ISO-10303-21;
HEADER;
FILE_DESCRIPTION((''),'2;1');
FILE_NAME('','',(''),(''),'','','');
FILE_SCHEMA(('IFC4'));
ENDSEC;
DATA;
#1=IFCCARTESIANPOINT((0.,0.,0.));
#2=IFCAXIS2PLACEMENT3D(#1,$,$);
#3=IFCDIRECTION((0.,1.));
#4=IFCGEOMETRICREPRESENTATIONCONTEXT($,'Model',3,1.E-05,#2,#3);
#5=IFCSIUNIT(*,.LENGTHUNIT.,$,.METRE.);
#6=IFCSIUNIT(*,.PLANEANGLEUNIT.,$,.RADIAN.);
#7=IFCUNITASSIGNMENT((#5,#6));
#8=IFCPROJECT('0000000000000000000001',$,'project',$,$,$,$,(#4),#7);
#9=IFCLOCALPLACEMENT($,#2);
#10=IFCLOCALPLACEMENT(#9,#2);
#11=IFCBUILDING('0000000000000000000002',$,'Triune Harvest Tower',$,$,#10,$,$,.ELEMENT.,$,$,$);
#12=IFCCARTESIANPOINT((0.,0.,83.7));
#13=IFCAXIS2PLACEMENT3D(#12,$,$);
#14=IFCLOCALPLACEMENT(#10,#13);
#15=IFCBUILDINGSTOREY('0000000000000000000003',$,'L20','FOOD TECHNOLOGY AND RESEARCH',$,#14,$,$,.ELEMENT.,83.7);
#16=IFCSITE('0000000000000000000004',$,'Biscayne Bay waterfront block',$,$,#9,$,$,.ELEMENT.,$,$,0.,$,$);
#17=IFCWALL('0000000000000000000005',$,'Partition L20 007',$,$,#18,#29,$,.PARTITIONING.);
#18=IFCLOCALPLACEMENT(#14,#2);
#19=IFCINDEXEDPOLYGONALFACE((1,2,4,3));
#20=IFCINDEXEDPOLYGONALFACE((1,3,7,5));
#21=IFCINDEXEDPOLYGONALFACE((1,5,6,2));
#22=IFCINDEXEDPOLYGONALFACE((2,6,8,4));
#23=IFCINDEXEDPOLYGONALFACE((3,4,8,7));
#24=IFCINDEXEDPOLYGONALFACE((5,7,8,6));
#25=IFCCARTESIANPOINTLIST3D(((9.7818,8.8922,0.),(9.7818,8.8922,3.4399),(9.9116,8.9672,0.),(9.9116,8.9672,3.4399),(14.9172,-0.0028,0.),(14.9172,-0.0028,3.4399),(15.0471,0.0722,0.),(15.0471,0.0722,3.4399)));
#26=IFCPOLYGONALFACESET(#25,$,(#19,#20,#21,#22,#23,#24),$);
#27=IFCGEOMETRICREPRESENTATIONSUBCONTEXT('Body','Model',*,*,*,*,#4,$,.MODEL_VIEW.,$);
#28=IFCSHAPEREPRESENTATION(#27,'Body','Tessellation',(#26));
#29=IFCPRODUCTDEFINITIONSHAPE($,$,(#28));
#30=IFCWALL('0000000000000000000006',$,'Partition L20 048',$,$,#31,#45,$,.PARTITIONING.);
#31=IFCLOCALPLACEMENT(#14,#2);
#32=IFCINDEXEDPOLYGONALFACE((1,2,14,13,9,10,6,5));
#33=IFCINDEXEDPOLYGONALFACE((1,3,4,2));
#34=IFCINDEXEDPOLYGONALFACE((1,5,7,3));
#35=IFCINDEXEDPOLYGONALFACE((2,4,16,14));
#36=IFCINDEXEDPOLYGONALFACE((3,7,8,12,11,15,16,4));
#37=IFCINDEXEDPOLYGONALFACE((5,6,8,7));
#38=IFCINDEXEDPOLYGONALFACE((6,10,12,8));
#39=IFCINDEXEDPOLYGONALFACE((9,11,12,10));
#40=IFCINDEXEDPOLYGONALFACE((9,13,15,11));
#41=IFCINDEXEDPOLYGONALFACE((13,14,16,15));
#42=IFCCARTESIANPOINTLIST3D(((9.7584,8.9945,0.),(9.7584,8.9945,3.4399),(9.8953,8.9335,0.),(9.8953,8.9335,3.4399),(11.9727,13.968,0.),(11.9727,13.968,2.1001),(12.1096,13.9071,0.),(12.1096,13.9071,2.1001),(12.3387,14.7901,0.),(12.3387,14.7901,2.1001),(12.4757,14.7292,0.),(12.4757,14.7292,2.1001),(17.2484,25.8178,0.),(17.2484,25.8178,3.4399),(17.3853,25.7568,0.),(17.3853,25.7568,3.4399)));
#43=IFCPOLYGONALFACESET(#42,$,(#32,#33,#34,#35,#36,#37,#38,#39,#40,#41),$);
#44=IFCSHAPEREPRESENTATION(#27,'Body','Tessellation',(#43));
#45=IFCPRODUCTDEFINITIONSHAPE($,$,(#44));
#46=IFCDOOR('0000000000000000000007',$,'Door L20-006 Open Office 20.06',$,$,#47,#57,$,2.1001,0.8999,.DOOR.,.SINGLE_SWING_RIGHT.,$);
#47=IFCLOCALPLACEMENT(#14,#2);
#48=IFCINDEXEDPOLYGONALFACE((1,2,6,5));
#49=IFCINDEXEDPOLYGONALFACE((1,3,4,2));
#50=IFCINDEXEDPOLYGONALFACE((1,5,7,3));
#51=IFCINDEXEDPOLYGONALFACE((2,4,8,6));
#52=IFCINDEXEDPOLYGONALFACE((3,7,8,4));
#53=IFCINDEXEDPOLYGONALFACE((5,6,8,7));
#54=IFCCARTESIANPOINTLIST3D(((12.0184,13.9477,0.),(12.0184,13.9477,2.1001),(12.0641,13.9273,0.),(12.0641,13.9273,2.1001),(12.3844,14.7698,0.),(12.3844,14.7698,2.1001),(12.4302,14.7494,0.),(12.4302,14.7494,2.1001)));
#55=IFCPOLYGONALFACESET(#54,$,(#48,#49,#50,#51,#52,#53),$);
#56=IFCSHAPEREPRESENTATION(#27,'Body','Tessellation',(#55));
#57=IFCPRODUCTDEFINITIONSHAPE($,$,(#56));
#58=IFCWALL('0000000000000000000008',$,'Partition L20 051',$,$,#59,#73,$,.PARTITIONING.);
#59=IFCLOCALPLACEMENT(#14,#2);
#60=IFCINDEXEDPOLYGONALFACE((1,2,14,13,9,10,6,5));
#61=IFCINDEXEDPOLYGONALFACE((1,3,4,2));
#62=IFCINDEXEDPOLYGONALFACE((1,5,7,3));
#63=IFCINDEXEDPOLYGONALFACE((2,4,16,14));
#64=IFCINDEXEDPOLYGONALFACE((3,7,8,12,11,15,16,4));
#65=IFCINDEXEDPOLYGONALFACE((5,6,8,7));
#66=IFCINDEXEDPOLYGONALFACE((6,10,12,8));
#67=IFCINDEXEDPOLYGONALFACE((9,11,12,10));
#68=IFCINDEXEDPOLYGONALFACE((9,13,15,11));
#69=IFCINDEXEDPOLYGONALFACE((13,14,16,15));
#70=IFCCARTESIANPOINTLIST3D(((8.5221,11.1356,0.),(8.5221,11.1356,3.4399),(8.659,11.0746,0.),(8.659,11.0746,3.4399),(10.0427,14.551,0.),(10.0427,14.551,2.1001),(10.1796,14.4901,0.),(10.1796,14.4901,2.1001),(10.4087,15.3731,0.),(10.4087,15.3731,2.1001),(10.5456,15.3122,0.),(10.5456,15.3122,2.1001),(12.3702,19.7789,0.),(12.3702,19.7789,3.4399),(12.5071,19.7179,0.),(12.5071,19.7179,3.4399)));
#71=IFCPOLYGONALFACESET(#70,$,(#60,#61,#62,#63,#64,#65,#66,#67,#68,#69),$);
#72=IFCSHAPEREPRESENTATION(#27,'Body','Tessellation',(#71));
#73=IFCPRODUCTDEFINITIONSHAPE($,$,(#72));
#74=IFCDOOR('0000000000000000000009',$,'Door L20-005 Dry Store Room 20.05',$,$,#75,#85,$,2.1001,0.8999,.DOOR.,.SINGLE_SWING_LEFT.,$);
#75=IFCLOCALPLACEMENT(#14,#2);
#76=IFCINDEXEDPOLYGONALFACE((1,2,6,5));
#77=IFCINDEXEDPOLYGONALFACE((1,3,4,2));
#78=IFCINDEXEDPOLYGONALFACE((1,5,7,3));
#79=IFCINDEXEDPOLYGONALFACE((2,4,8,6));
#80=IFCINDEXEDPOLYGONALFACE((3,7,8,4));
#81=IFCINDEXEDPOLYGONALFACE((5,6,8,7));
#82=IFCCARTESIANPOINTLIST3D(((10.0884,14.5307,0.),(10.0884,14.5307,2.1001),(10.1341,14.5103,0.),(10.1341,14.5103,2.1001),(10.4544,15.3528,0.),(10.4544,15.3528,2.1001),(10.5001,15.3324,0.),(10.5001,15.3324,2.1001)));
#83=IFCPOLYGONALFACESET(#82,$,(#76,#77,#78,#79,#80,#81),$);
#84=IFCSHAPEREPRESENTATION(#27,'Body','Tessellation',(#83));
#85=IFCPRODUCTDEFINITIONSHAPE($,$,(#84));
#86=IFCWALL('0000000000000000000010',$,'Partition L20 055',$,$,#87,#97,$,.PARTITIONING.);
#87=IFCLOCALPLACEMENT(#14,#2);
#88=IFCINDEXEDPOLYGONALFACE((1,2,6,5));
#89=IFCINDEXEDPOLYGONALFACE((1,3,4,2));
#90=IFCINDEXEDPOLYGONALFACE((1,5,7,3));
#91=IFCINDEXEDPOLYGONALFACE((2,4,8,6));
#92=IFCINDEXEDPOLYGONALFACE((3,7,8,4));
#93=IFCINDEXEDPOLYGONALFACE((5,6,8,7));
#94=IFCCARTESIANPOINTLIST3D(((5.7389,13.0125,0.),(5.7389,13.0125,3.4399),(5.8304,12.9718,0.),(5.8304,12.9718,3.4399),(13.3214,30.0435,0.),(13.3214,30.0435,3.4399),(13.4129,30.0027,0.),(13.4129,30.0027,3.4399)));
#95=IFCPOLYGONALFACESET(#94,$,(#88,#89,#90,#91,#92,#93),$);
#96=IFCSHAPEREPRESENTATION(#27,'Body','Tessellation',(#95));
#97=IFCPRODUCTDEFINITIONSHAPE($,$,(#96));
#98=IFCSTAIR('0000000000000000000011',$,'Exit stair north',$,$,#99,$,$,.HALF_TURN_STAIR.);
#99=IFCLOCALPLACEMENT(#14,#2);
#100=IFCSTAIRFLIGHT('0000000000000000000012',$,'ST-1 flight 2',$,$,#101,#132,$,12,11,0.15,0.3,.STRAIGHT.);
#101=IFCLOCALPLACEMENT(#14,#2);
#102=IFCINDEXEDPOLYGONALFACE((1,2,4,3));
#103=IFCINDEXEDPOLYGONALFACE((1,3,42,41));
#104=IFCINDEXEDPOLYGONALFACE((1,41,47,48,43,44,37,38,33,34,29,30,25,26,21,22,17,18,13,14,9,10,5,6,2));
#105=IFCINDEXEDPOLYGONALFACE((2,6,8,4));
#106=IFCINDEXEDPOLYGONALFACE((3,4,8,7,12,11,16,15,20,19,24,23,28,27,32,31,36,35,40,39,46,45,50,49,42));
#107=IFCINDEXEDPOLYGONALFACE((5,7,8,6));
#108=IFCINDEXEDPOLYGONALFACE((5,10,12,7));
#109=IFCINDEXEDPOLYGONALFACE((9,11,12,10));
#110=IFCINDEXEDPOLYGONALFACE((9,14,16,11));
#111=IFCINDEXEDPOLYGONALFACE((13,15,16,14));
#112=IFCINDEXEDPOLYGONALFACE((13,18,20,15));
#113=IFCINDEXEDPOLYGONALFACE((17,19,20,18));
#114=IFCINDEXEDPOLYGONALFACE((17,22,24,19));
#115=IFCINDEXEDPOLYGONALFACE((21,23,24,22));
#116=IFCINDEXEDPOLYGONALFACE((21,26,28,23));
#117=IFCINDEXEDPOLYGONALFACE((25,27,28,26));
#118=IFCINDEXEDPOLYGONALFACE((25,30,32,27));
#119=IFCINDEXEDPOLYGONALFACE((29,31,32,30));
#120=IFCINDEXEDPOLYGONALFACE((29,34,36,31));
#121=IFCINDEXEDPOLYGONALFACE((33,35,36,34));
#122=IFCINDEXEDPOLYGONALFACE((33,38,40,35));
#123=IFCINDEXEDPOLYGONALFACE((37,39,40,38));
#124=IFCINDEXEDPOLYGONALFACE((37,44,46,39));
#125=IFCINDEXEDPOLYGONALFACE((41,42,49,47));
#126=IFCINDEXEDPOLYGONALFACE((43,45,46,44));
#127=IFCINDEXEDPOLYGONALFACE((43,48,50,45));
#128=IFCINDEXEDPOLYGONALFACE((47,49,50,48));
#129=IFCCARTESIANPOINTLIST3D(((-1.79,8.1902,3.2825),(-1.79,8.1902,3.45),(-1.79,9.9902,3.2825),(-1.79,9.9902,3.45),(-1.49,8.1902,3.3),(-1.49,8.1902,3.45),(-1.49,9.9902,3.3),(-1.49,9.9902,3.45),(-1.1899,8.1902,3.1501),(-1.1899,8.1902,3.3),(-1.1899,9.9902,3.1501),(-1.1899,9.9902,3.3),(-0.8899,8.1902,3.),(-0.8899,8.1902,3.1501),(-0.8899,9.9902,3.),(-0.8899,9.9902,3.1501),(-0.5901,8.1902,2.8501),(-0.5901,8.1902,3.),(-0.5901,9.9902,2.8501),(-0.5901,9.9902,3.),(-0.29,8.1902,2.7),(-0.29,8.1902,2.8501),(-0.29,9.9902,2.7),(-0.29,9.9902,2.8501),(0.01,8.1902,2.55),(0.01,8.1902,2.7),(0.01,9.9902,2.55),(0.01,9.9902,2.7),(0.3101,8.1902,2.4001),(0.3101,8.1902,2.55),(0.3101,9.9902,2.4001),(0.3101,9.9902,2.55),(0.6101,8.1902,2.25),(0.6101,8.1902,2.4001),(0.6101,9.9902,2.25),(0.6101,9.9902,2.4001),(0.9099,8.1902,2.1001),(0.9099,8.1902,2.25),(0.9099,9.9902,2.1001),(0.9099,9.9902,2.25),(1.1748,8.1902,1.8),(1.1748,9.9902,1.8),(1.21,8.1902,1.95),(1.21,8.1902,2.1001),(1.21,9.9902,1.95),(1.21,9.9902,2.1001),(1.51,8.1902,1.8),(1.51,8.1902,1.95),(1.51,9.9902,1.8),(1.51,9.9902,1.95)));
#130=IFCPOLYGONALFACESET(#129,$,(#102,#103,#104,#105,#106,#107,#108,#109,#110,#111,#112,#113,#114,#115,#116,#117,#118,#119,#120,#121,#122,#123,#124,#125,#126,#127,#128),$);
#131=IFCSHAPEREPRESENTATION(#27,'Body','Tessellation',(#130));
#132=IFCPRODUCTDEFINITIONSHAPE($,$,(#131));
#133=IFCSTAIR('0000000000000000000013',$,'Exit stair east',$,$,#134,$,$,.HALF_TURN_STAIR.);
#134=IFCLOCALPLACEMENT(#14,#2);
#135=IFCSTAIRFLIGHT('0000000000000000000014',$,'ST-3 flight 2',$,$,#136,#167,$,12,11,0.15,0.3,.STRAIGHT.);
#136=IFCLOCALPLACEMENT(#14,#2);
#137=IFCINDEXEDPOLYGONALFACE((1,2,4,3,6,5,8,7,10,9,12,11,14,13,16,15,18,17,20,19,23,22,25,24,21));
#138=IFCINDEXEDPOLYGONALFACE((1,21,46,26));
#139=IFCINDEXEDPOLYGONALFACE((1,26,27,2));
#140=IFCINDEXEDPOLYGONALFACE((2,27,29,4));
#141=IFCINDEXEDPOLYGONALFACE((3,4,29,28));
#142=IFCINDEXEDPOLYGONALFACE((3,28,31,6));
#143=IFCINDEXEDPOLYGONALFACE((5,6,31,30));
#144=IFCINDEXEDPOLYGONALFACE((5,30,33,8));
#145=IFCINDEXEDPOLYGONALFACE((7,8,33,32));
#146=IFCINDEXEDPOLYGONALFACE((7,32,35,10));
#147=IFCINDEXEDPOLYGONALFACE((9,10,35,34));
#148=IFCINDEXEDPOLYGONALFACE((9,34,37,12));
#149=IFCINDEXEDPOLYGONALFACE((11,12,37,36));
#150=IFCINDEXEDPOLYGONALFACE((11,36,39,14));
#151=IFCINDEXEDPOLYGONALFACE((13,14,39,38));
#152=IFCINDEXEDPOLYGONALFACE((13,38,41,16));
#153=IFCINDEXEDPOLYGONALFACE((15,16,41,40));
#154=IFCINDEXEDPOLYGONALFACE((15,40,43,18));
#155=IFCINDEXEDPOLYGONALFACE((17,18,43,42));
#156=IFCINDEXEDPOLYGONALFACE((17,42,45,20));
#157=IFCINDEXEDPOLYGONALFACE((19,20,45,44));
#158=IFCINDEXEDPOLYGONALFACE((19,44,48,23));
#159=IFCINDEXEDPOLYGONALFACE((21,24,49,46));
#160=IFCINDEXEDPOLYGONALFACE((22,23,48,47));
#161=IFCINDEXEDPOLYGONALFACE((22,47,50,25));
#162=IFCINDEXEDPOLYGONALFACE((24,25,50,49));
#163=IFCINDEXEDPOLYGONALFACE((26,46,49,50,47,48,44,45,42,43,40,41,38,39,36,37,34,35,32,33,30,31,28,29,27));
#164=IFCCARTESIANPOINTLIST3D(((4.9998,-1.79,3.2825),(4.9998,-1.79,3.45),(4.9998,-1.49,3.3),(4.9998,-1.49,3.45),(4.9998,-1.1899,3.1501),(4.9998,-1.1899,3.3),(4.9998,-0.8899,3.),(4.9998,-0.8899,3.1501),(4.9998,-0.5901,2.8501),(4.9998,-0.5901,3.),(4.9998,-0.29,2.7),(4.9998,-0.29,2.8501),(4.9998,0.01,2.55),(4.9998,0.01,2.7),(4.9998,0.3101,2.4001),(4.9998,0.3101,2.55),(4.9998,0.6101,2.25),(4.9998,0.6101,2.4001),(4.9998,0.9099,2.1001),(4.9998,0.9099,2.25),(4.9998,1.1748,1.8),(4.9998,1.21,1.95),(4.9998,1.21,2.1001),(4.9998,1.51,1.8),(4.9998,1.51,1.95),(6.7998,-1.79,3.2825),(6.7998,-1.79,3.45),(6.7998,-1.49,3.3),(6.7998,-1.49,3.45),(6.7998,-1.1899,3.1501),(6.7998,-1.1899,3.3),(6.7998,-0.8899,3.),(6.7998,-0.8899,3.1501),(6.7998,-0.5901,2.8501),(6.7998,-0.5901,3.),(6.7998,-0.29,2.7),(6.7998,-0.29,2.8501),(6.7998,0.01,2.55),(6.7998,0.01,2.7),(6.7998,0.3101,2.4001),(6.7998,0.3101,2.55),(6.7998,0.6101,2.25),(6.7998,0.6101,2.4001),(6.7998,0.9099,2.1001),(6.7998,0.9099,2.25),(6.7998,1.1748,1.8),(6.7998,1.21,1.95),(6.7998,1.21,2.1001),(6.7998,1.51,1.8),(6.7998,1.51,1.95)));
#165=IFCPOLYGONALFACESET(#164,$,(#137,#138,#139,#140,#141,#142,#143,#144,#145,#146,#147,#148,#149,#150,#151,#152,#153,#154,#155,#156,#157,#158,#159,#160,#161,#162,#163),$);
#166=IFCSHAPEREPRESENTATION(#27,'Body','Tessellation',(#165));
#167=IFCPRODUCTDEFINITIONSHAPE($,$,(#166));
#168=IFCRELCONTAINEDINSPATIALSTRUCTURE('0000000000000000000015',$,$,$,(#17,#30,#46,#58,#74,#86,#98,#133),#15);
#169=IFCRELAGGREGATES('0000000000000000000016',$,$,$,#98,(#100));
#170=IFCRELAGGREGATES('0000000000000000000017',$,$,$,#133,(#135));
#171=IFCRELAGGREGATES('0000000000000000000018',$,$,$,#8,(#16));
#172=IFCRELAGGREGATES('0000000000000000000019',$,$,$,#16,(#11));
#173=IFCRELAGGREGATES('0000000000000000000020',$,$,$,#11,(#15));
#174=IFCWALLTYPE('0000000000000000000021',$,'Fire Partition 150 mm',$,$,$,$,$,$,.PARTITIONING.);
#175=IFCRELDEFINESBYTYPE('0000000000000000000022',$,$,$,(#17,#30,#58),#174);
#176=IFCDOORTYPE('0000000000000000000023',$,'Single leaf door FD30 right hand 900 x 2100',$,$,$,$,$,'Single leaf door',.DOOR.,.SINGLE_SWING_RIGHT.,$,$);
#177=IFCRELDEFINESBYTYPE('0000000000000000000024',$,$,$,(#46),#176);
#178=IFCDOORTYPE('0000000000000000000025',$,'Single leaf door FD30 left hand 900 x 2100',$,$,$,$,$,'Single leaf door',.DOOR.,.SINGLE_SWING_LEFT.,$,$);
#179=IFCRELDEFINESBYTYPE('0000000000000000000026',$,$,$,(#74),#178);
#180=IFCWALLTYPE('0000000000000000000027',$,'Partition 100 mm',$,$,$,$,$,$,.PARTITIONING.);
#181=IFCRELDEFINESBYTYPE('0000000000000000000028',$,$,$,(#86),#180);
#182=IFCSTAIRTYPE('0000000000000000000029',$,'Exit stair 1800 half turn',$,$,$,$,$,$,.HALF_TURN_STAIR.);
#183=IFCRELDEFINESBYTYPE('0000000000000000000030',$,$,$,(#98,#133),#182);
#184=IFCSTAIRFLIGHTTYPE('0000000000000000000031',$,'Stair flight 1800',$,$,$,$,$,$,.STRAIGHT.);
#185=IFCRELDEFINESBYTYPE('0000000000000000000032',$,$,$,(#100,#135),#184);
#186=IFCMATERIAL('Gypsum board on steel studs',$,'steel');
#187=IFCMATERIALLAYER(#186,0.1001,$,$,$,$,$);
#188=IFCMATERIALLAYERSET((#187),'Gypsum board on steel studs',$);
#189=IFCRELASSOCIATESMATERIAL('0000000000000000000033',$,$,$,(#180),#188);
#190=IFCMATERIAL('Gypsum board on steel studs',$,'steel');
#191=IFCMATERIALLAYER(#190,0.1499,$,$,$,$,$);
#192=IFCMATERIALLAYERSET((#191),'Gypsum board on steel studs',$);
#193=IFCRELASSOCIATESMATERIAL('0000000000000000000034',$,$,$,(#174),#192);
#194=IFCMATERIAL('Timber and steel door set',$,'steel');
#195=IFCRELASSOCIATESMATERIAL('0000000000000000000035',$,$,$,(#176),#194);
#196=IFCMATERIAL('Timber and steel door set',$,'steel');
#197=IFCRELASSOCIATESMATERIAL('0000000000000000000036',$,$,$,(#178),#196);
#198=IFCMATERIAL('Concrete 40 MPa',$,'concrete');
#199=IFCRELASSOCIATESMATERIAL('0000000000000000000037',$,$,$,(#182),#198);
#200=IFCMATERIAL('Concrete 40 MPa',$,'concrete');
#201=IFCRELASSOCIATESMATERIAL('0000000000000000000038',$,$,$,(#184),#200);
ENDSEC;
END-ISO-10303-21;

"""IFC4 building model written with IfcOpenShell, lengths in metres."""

from ifc_helpers import new_model, si_unit, direction, frame, frame_2d, origin, place, context, subcontext, project, spatial, polyline, rectangle, outline, extrude, source, transform, mapped, material, layer, layer_set, type_object, element, fill, aggregate, save


model = new_model("IFC4")

# Units and contexts
model_context = context("Model", 3, precision=1e-05, world=origin(), true_north=direction((0.0, 1.0)))
body_context = subcontext(model_context, "Body", "Model", "MODEL_VIEW")
ifc_project = project(units=[si_unit("LENGTHUNIT", "METRE"), si_unit("PLANEANGLEUNIT", "RADIAN")], contexts=[model_context])

# Site, building, storey
site_placement = place(None, origin())
site = spatial("IfcSite", under=ifc_project, at=site_placement, Name="Biscayne Bay waterfront block", CompositionType="ELEMENT", RefElevation=0.0)
building_placement = place(site_placement, origin())
building = spatial("IfcBuilding", under=site, at=building_placement, Name="Triune Harvest Tower", CompositionType="ELEMENT")
storey_placement = place(building_placement, frame((0.0, 0.0, 83.7)))
storey = spatial("IfcBuildingStorey", under=building, at=storey_placement, Name="L20", Description="FOOD TECHNOLOGY AND RESEARCH", CompositionType="ELEMENT", Elevation=83.7)

# Shared definitions
ifc_material_1 = material(Name="Gypsum board on steel studs", Category="steel")
ifc_layer_1 = layer(ifc_material_1, 0.1001)
ifc_layer_set_1 = layer_set([ifc_layer_1], Name="Gypsum board on steel studs")
wall_type_1 = type_object("IfcWallType", Name="Partition 100 mm", PredefinedType="PARTITIONING", material=ifc_layer_set_1)

# Wall
ifc_material_2 = material(Name="Gypsum board on steel studs", Category="steel")
ifc_layer_2 = layer(ifc_material_2, 0.1499)
ifc_layer_set_2 = layer_set([ifc_layer_2], Name="Gypsum board on steel studs")
wall_type_2 = type_object("IfcWallType", Name="Fire Partition 150 mm", PredefinedType="PARTITIONING", material=ifc_layer_set_2)
shared_shape_1 = source(origin(), body_context, "Body", "SweptSolid", [
    extrude(rectangle(XDim=10.271, YDim=0.1499, at=frame_2d((5.1355, 0.0))), origin(), (0.0, 0.0, 1.0), 3.4399),
])
wall_1_placement = place(storey_placement, frame((9.8467, 8.9297, 0.0), z_axis=(0.0, 0.0, 1.0), x_axis=(0.499997, -0.866027, 0.0)))
element("IfcWall", 1, at=wall_1_placement, inside=storey, type_object=wall_type_2, Name="Partition L20 007", PredefinedType="PARTITIONING", context=body_context, shape_type="MappedRepresentation", body=[
    mapped(shared_shape_1, transform((0.0, 0.0, 0.0), scale=1.0)),
])

# Walls, openings, doors
shared_shape_2 = source(origin(), body_context, "Body", "SweptSolid", [
    extrude(rectangle(XDim=18.4153, YDim=0.1499, at=frame_2d((9.2075, 0.0))), origin(), (0.0, 0.0, 1.0), 3.4399),
])
wall_2_placement = place(storey_placement, frame((9.8269, 8.9641, 0.0), z_axis=(0.0, 0.0, 1.0), x_axis=(0.406728, 0.913549, 0.0)))
wall_2 = element("IfcWall", 2, at=wall_2_placement, inside=storey, type_object=wall_type_2, Name="Partition L20 048", PredefinedType="PARTITIONING", context=body_context, shape_type="MappedRepresentation", body=[
    mapped(shared_shape_2, transform((0.0, 0.0, 0.0), scale=1.0)),
])
opening_1_placement = place(wall_2_placement, frame((5.4441, 0.0, 0.0)))
opening_1 = element("IfcOpeningElement", 3, at=opening_1_placement, cuts=wall_2, PredefinedType="OPENING", context=body_context, shape_type="SweptSolid", body=[
    extrude(rectangle(XDim=0.8999, YDim=2.1001, at=frame_2d((0.45, 1.05))), frame((0.0, 0.085, 0.0), z_axis=(0.0, -1.0, 0.0), x_axis=(1.0, 0.0, 0.0)), (0.0, 0.0, 1.0), 0.1699),
])
ifc_material_3 = material(Name="Timber and steel door set", Category="steel")
door_type_1 = type_object("IfcDoorType", Name="Single leaf door FD30 right hand 900 x 2100", ElementType="Single leaf door", OperationType="SINGLE_SWING_RIGHT", PredefinedType="DOOR", material=ifc_material_3)
door_1_placement = place(opening_1_placement, origin())
door_1 = element("IfcDoor", 4, at=door_1_placement, inside=storey, type_object=door_type_1, Name="Door L20-006 Open Office 20.06", OperationType="SINGLE_SWING_RIGHT", OverallHeight=2.1001, OverallWidth=0.8999, PredefinedType="DOOR", context=body_context, shape_type="SweptSolid", body=[
    extrude(rectangle(XDim=0.8999, YDim=2.1001, at=frame_2d((0.45, 1.05))), frame((0.0, 0.0249, 0.0), z_axis=(0.0, -1.0, 0.0), x_axis=(1.0, 0.0, 0.0)), (0.0, 0.0, 1.0), 0.05),
])
fill(opening_1, door_1)
shared_shape_3 = source(origin(), body_context, "Body", "SweptSolid", [
    extrude(rectangle(XDim=9.4612, YDim=0.1499, at=frame_2d((4.7305, 0.0))), origin(), (0.0, 0.0, 1.0), 3.4399),
])
wall_3_placement = place(storey_placement, frame((8.5906, 11.1052, 0.0), z_axis=(0.0, 0.0, 1.0), x_axis=(0.406727, 0.91355, 0.0)))
wall_3 = element("IfcWall", 5, at=wall_3_placement, inside=storey, type_object=wall_type_2, Name="Partition L20 051", PredefinedType="PARTITIONING", context=body_context, shape_type="MappedRepresentation", body=[
    mapped(shared_shape_3, transform((0.0, 0.0, 0.0), scale=1.0)),
])
opening_2_placement = place(wall_3_placement, frame((3.7385, 0.0, 0.0)))
opening_2 = element("IfcOpeningElement", 6, at=opening_2_placement, cuts=wall_3, PredefinedType="OPENING", context=body_context, shape_type="SweptSolid", body=[
    extrude(rectangle(XDim=0.8999, YDim=2.1001, at=frame_2d((0.45, 1.05))), frame((0.0, 0.085, 0.0), z_axis=(0.0, -1.0, 0.0), x_axis=(1.0, 0.0, 0.0)), (0.0, 0.0, 1.0), 0.1699),
])
ifc_material_4 = material(Name="Timber and steel door set", Category="steel")
door_type_2 = type_object("IfcDoorType", Name="Single leaf door FD30 left hand 900 x 2100", ElementType="Single leaf door", OperationType="SINGLE_SWING_LEFT", PredefinedType="DOOR", material=ifc_material_4)
door_2_placement = place(opening_2_placement, origin())
door_2 = element("IfcDoor", 7, at=door_2_placement, inside=storey, type_object=door_type_2, Name="Door L20-005 Dry Store Room 20.05", OperationType="SINGLE_SWING_LEFT", OverallHeight=2.1001, OverallWidth=0.8999, PredefinedType="DOOR", context=body_context, shape_type="SweptSolid", body=[
    extrude(rectangle(XDim=0.8999, YDim=2.1001, at=frame_2d((0.45, 1.05))), frame((0.0, 0.0249, 0.0), z_axis=(0.0, -1.0, 0.0), x_axis=(1.0, 0.0, 0.0)), (0.0, 0.0, 1.0), 0.05),
])
fill(opening_2, door_2)

# Wall
shared_shape_4 = source(origin(), body_context, "Body", "SweptSolid", [
    extrude(rectangle(XDim=18.6426, YDim=0.1001, at=frame_2d((9.3213, 0.0))), origin(), (0.0, 0.0, 1.0), 3.4399),
])
wall_4_placement = place(storey_placement, frame((5.7847, 12.9922, 0.0), z_axis=(0.0, 0.0, 1.0), x_axis=(0.406729, 0.913549, 0.0)))
element("IfcWall", 8, at=wall_4_placement, inside=storey, type_object=wall_type_1, Name="Partition L20 055", PredefinedType="PARTITIONING", context=body_context, shape_type="MappedRepresentation", body=[
    mapped(shared_shape_4, transform((0.0, 0.0, 0.0), scale=1.0)),
])

# Stairs, stair flights
ifc_material_5 = material(Name="Concrete 40 MPa", Category="concrete")
stair_type = type_object("IfcStairType", Name="Exit stair 1800 half turn", PredefinedType="HALF_TURN_STAIR", material=ifc_material_5)
stair_1_placement = place(storey_placement, origin())
stair_1 = element("IfcStair", 9, at=stair_1_placement, inside=storey, type_object=stair_type, Name="Exit stair north", PredefinedType="HALF_TURN_STAIR")
ifc_material_6 = material(Name="Concrete 40 MPa", Category="concrete")
stair_flight_type = type_object("IfcStairFlightType", Name="Stair flight 1800", PredefinedType="STRAIGHT", material=ifc_material_6)
shared_shape_5 = source(origin(), body_context, "Body", "SweptSolid", [
    extrude(outline(polyline([(0.0, 0.0), (0.0, 0.1499), (0.3, 0.1499), (0.3, 0.3), (0.6001, 0.3), (0.6001, 0.45), (0.8999, 0.45), (0.8999, 0.6001), (1.2, 0.6001), (1.2, 0.75), (1.5, 0.75), (1.5, 0.8999), (1.8, 0.8999), (1.8, 1.05), (2.1001, 1.05), (2.1001, 1.2), (2.3999, 1.2), (2.3999, 1.3501), (2.7, 1.3501), (2.7, 1.5), (3.0, 1.5), (3.0, 1.6499), (3.3, 1.6499), (3.3, 1.8), (3.3, 1.4824), (0.3352, 0.0), (0.0, 0.0)])), frame((0.0, 0.8999, 0.0), z_axis=(0.0, -1.0, 0.0), x_axis=(1.0, 0.0, 0.0)), (0.0, 0.0, 1.0), 1.8),
])
stair_flight_1_placement = place(storey_placement, frame((1.51, 9.0901, 1.8), z_axis=(0.0, 0.0, 1.0), x_axis=(-1.0, 0.0, 0.0)))
stair_flight_1 = element("IfcStairFlight", 10, at=stair_flight_1_placement, type_object=stair_flight_type, Name="ST-1 flight 2", NumberOfRisers=12, NumberOfTreads=11, PredefinedType="STRAIGHT", RiserHeight=0.15, TreadLength=0.3, context=body_context, shape_type="MappedRepresentation", body=[
    mapped(shared_shape_5, transform((0.0, 0.0, 0.0), scale=1.0)),
])
aggregate(stair_1, [stair_flight_1])
stair_2_placement = place(storey_placement, origin())
stair_2 = element("IfcStair", 11, at=stair_2_placement, inside=storey, type_object=stair_type, Name="Exit stair east", PredefinedType="HALF_TURN_STAIR")
stair_flight_2_placement = place(storey_placement, frame((5.8999, 1.51, 1.8), z_axis=(0.0, 0.0, 1.0), x_axis=(0.0, -1.0, 0.0)))
stair_flight_2 = element("IfcStairFlight", 12, at=stair_flight_2_placement, type_object=stair_flight_type, Name="ST-3 flight 2", NumberOfRisers=12, NumberOfTreads=11, PredefinedType="STRAIGHT", RiserHeight=0.15, TreadLength=0.3, context=body_context, shape_type="MappedRepresentation", body=[
    mapped(shared_shape_5, transform((0.0, 0.0, 0.0), scale=1.0)),
])
aggregate(stair_2, [stair_flight_2])

save(model, "model.ifc")
